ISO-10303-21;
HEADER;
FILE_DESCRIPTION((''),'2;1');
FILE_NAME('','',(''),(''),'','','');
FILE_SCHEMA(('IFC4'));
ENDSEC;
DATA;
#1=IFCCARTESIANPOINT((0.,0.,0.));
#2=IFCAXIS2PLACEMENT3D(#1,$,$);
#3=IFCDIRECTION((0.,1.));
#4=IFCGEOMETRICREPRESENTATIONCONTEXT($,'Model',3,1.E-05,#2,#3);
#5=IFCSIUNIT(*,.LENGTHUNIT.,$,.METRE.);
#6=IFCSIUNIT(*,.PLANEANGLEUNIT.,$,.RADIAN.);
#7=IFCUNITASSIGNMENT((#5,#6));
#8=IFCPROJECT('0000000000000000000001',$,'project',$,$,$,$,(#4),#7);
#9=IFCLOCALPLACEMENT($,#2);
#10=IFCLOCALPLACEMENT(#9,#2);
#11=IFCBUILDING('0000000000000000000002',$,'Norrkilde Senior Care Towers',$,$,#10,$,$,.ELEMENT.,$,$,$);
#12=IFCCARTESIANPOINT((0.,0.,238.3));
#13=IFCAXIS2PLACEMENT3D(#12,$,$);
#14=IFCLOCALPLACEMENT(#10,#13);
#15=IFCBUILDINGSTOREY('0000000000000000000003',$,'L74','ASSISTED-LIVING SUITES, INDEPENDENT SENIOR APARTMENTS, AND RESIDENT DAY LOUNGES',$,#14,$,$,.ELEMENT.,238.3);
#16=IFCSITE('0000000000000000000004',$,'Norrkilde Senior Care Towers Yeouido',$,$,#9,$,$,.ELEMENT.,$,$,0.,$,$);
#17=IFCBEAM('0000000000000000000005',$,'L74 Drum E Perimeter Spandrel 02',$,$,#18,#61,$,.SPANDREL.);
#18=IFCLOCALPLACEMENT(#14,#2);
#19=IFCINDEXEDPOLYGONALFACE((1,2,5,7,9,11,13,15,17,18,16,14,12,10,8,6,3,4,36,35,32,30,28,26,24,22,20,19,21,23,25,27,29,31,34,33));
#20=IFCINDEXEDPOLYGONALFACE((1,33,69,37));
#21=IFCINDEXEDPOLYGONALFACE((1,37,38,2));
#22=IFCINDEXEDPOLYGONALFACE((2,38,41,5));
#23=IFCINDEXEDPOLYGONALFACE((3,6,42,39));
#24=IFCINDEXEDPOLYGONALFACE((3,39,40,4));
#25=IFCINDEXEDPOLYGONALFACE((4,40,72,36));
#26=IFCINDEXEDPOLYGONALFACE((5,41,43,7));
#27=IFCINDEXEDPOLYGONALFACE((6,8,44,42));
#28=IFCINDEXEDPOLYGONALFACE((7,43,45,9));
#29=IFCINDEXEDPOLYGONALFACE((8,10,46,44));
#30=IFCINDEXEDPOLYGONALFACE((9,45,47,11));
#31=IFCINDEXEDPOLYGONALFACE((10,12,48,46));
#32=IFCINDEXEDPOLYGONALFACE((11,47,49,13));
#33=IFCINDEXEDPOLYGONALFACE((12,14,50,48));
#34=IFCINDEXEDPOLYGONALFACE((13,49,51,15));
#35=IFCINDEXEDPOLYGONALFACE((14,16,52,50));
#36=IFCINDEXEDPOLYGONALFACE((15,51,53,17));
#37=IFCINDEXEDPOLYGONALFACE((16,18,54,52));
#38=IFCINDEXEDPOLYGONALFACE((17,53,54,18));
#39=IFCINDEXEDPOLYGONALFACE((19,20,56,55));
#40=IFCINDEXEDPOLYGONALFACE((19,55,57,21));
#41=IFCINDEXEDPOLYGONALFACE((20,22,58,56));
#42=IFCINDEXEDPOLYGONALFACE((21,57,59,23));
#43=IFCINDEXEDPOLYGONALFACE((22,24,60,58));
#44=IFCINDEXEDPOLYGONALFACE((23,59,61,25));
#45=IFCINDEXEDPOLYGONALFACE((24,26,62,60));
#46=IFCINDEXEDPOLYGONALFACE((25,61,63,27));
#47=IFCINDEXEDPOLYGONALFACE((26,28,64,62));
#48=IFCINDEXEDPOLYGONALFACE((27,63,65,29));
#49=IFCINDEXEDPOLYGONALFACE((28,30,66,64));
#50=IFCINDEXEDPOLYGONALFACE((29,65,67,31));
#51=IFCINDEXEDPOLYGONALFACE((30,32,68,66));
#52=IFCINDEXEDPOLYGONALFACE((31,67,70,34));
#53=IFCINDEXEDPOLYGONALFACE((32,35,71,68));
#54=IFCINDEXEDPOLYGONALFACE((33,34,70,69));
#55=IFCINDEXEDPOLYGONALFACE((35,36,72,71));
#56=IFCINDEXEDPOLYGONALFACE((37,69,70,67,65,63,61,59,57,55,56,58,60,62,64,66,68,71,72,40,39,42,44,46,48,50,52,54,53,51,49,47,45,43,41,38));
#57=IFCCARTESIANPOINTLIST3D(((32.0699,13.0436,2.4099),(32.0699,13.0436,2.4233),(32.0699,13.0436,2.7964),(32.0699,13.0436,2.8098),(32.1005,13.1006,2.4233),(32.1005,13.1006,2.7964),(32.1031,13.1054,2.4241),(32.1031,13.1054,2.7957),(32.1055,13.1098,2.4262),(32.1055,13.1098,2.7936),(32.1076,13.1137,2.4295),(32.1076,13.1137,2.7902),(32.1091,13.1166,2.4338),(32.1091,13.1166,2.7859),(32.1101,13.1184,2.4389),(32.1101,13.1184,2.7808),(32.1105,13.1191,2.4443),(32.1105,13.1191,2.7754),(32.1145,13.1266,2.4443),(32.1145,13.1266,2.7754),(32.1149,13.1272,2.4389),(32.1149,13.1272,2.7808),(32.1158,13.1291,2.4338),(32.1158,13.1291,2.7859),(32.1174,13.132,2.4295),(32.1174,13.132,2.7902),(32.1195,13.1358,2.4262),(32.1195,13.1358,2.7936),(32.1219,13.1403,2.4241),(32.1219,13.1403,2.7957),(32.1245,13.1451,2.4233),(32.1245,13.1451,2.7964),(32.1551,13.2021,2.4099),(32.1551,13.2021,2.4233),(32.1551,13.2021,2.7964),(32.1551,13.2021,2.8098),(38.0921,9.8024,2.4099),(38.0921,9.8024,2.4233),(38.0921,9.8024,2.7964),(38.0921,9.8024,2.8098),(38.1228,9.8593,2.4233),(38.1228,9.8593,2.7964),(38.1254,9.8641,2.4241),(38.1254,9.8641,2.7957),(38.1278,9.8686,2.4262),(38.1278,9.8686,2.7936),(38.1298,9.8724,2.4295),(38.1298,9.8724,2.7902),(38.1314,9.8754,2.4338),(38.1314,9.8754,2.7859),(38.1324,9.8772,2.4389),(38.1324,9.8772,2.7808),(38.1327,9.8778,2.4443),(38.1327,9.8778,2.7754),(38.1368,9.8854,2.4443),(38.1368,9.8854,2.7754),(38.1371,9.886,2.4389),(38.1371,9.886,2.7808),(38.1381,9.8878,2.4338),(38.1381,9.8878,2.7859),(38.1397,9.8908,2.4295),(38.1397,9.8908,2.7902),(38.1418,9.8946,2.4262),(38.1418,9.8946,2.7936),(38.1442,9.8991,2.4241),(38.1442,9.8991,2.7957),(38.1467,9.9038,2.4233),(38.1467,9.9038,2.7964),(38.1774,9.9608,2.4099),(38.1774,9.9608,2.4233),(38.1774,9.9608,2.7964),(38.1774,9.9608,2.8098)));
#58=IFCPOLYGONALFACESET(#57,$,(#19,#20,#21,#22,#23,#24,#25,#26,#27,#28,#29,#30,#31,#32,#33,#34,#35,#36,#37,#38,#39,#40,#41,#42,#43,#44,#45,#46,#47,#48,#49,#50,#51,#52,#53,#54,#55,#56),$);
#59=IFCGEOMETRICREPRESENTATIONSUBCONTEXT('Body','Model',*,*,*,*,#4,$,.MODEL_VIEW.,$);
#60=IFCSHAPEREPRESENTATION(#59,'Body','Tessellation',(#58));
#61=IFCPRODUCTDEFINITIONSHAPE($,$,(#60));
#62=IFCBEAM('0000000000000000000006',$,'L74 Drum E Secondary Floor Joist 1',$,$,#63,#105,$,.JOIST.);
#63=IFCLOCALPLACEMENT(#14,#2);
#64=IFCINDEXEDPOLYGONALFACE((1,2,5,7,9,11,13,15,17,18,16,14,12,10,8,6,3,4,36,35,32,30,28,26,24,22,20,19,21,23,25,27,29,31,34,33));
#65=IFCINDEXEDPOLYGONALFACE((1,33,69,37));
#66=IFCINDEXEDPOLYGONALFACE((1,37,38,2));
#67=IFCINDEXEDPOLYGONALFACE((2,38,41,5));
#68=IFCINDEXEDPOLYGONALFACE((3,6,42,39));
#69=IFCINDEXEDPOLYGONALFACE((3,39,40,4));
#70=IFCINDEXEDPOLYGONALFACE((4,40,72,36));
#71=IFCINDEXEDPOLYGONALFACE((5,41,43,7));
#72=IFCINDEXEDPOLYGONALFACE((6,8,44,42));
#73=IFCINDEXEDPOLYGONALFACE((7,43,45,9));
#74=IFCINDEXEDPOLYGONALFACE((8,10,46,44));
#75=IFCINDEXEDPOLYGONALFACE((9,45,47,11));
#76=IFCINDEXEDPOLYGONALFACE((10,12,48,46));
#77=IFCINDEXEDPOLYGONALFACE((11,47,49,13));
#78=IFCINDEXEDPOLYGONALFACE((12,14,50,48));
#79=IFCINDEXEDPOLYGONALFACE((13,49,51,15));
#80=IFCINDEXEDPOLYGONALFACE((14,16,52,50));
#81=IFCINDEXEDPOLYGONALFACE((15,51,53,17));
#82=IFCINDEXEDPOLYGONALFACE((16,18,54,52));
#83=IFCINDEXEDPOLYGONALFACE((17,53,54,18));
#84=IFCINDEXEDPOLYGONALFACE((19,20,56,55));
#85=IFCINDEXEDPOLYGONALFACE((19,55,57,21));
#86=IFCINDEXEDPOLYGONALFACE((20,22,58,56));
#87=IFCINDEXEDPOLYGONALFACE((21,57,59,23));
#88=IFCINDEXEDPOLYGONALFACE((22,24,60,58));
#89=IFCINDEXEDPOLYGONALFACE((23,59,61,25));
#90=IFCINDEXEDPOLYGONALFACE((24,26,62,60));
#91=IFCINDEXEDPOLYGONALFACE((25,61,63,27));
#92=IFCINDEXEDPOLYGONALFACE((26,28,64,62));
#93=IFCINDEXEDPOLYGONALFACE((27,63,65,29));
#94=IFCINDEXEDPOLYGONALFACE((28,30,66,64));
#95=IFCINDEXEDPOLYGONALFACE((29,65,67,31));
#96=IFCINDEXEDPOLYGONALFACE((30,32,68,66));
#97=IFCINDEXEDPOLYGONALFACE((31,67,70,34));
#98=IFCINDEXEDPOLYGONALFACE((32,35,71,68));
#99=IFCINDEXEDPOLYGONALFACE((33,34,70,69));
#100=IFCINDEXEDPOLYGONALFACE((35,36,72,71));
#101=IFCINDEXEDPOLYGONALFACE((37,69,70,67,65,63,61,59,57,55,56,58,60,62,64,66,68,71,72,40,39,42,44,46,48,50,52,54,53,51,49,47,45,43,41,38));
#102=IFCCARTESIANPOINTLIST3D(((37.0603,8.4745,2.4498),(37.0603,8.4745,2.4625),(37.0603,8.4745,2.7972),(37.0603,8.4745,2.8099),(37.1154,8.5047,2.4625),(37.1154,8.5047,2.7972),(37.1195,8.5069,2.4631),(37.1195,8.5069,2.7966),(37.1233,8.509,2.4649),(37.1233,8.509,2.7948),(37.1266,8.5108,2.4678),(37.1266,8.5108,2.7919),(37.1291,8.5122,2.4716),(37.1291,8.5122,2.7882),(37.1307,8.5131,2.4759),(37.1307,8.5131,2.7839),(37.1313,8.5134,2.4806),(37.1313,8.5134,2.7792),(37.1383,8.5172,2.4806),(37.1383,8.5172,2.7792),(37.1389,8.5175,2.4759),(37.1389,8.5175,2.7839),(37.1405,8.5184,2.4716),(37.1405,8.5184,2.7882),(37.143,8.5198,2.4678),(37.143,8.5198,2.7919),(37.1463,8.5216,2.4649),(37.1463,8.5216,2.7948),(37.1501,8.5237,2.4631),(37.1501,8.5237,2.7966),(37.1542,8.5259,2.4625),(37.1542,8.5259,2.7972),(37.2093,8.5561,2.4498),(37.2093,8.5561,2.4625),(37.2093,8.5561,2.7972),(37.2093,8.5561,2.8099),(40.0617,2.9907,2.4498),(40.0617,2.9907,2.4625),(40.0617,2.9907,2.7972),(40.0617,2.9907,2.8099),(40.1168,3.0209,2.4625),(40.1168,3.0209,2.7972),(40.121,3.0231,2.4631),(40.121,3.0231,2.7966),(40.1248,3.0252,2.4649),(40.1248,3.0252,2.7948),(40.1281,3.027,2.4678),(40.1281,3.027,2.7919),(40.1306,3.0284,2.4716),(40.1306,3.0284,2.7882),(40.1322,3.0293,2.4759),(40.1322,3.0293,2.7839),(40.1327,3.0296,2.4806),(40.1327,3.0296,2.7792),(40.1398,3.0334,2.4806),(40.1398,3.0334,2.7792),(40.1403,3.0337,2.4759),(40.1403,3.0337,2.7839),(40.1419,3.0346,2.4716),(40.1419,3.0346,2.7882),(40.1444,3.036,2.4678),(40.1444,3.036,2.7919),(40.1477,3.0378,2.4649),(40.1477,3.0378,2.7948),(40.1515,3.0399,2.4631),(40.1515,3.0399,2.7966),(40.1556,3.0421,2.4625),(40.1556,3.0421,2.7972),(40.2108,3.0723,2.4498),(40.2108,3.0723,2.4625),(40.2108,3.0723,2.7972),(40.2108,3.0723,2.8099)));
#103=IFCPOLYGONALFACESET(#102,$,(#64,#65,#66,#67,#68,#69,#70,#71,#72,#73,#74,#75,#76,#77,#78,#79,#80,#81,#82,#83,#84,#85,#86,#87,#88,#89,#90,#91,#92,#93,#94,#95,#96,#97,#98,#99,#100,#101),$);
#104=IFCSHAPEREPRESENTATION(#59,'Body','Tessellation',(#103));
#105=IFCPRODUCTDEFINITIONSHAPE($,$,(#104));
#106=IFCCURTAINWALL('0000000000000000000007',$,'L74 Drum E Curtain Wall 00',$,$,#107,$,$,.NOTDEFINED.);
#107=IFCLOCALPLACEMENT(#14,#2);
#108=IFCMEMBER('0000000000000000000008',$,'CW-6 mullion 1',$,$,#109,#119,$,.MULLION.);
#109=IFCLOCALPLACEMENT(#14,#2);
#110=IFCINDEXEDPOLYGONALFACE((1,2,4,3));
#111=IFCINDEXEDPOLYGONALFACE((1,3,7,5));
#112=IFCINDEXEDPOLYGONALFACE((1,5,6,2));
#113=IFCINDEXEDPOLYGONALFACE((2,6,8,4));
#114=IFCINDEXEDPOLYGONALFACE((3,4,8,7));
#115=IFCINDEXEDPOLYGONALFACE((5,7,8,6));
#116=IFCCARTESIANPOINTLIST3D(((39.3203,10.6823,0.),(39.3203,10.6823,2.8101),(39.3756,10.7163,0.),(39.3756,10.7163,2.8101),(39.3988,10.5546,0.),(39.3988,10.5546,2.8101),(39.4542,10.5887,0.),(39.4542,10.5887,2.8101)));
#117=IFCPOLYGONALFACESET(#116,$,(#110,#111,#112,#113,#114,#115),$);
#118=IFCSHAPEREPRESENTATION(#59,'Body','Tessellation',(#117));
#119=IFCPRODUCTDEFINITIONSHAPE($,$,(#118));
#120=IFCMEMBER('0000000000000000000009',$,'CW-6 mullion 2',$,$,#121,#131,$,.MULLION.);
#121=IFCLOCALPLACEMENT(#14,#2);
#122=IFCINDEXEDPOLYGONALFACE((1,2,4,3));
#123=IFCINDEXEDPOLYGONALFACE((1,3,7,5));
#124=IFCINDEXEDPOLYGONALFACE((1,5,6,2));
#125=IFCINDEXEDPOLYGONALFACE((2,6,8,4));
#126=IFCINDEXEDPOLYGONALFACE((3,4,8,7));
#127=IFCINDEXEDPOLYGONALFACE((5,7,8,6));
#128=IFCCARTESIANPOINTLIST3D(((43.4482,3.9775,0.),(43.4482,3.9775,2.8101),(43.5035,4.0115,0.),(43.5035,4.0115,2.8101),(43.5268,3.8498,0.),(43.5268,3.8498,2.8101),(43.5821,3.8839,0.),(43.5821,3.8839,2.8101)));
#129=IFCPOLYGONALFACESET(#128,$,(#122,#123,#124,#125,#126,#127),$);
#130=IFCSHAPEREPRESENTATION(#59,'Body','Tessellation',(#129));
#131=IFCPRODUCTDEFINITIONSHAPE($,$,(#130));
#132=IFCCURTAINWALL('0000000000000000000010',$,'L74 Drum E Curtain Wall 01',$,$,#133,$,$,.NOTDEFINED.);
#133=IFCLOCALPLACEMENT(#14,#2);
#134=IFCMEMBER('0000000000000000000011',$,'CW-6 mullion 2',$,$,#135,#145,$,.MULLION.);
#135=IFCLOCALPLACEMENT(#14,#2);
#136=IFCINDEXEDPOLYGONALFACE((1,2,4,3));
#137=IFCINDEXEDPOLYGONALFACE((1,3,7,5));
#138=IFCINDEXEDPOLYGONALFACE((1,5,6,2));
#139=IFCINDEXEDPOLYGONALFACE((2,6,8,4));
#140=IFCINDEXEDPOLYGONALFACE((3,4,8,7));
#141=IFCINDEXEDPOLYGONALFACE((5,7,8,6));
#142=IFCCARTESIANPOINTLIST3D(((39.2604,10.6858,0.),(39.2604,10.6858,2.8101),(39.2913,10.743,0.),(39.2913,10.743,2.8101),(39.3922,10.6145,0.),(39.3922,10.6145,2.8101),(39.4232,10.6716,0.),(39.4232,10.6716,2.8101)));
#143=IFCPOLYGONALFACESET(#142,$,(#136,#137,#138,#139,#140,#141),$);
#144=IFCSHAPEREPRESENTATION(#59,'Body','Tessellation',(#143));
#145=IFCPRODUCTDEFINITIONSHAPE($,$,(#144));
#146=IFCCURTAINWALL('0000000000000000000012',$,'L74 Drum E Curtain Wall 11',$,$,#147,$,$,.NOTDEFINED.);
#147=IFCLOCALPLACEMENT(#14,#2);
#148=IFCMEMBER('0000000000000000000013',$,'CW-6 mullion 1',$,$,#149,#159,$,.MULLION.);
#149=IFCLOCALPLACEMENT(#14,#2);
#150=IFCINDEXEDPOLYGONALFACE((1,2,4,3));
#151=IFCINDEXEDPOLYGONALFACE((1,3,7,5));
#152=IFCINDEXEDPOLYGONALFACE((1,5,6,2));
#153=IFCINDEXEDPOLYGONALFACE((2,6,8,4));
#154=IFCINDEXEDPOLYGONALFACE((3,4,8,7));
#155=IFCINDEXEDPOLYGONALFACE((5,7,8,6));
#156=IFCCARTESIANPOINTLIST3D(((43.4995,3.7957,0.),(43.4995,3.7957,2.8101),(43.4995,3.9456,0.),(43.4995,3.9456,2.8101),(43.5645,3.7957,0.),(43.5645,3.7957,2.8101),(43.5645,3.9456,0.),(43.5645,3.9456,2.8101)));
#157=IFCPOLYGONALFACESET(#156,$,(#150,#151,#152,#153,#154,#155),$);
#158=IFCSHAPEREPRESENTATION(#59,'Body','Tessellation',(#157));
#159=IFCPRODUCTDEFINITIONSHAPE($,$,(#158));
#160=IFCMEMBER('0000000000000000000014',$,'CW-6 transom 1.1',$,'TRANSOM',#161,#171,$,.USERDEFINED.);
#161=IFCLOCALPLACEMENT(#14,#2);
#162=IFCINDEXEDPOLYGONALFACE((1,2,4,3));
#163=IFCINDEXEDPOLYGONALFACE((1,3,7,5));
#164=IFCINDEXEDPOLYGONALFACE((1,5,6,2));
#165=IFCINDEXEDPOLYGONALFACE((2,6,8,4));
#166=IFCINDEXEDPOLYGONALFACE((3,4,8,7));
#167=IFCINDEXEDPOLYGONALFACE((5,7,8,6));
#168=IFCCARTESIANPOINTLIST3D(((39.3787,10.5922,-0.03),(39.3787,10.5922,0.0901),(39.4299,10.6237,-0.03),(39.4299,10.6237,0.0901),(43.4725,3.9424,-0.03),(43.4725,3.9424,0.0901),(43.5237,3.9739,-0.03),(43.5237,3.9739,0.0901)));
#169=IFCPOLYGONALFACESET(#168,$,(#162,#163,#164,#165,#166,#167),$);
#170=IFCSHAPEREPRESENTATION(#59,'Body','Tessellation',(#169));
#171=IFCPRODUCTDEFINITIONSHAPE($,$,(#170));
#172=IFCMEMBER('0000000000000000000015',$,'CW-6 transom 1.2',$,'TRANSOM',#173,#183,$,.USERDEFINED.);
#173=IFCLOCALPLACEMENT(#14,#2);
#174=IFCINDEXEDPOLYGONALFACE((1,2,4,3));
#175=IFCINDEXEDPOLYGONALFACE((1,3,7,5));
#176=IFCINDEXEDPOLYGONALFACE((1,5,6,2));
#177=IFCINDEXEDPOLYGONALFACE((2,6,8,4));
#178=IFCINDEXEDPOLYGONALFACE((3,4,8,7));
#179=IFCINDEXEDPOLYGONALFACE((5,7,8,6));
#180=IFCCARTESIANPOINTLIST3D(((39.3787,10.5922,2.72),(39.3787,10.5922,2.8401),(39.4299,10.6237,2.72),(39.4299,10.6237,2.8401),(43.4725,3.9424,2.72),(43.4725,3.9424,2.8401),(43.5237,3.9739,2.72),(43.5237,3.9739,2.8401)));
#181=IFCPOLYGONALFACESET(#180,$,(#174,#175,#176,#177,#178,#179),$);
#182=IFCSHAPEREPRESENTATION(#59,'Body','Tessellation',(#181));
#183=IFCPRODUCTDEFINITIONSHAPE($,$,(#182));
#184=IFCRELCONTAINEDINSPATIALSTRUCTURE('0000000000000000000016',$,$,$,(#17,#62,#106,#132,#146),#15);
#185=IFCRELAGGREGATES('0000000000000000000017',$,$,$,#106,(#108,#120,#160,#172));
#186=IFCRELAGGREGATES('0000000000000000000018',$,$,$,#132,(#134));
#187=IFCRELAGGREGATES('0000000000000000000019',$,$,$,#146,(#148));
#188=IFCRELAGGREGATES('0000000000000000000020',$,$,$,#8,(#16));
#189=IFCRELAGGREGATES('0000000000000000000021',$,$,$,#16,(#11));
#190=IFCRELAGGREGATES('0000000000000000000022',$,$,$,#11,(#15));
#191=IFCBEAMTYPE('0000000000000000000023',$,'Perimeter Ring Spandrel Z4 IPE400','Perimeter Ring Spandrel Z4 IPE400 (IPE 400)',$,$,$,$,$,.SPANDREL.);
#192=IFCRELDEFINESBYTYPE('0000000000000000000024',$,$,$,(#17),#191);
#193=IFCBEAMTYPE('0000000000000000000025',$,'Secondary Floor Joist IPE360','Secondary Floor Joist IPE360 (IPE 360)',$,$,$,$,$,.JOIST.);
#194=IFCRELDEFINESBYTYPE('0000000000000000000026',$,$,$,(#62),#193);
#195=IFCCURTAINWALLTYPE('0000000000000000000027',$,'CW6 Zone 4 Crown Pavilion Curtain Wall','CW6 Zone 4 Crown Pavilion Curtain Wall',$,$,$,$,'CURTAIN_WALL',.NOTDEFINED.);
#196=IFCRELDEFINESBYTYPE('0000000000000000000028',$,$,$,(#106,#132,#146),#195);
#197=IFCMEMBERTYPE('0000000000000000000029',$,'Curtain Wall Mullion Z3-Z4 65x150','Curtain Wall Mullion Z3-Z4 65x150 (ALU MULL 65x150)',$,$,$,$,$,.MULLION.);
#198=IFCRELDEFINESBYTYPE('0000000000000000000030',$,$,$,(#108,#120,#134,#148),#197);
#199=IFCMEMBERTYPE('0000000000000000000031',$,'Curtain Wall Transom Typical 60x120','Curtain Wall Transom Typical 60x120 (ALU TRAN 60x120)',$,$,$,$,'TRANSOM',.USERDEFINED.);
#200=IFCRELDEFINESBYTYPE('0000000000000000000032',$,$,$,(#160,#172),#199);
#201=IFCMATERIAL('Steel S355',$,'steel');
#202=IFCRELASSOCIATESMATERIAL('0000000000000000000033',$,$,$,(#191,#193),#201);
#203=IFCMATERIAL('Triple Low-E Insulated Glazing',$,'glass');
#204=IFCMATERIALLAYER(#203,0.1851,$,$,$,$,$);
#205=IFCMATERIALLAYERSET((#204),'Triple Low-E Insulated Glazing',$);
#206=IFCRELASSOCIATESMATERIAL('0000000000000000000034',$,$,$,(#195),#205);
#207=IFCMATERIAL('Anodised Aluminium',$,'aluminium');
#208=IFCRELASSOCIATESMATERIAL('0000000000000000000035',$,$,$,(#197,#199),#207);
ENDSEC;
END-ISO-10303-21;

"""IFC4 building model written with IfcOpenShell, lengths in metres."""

from ifc_helpers import new_model, si_unit, direction, frame, origin, origin_2d, place, context, subcontext, project, spatial, rectangle, i_section, extrude, source, transform, mapped, material, layer, layer_set, material_profile, profile_set, type_object, type_shapes, element, aggregate, save


model = new_model("IFC4")

# Units and contexts
model_context = context("Model", 3, precision=1e-05, world=origin(), true_north=direction((0.0, 1.0)))
body_context = subcontext(model_context, "Body", "Model", "MODEL_VIEW")
ifc_project = project(units=[si_unit("LENGTHUNIT", "METRE"), si_unit("PLANEANGLEUNIT", "RADIAN")], contexts=[model_context])

# Site, building, storey
site_placement = place(None, origin())
site = spatial("IfcSite", under=ifc_project, at=site_placement, Name="Norrkilde Senior Care Towers Yeouido", CompositionType="ELEMENT", RefElevation=0.0)
building_placement = place(site_placement, origin())
building = spatial("IfcBuilding", under=site, at=building_placement, Name="Norrkilde Senior Care Towers", CompositionType="ELEMENT")
storey_placement = place(building_placement, frame((0.0, 0.0, 238.3)))
storey = spatial("IfcBuildingStorey", under=building, at=storey_placement, Name="L74", Description="ASSISTED-LIVING SUITES, INDEPENDENT SENIOR APARTMENTS, AND RESIDENT DAY LOUNGES", CompositionType="ELEMENT", Elevation=238.3)

# Beams
ifc_material_1 = material(Name="Steel S355", Category="steel")
ifc_material_profile_1 = material_profile(ifc_material_1, i_section(OverallWidth=0.1799, OverallDepth=0.3999, WebThickness=0.0085, FlangeThickness=0.0134, FilletRadius=0.021, at=origin_2d()), Name="IPE 400")
ifc_profile_set_1 = profile_set([ifc_material_profile_1], Name="Steel S355")
beam_type_1 = type_object("IfcBeamType", Name="Perimeter Ring Spandrel Z4 IPE400", Description="Perimeter Ring Spandrel Z4 IPE400 (IPE 400)", PredefinedType="SPANDREL", material=ifc_profile_set_1)
shared_shape_1 = source(origin(), body_context, "Body", "SweptSolid", [
    extrude(i_section(OverallWidth=0.1799, OverallDepth=0.3999, WebThickness=0.0085, FlangeThickness=0.0134, FilletRadius=0.021, at=origin_2d()), origin(), (0.0, 0.0, 1.0), 6.8391),
])
beam_1_placement = place(storey_placement, frame((38.1348, 9.8816, 2.6099), z_axis=(-0.880564, 0.473927, 0.0), x_axis=(-0.473927, -0.880564, 0.0)))
element("IfcBeam", 1, at=beam_1_placement, inside=storey, type_object=beam_type_1, Name="L74 Drum E Perimeter Spandrel 02", PredefinedType="SPANDREL", context=body_context, shape_type="MappedRepresentation", body=[
    mapped(shared_shape_1, transform((0.0, 0.0, 0.0), x_axis=(1.0, 0.0, 0.0), y_axis=(0.0, 1.0, 0.0), z_axis=(0.0, 0.0, 1.0), scale=1.0)),
])
ifc_material_profile_2 = material_profile(ifc_material_1, i_section(OverallWidth=0.1699, OverallDepth=0.3601, WebThickness=0.0081, FlangeThickness=0.0127, FilletRadius=0.0181, at=origin_2d()), Name="IPE 360")
ifc_profile_set_2 = profile_set([ifc_material_profile_2], Name="Steel S355")
beam_type_2 = type_object("IfcBeamType", Name="Secondary Floor Joist IPE360", Description="Secondary Floor Joist IPE360 (IPE 360)", PredefinedType="JOIST", material=ifc_profile_set_2)
shared_shape_2 = source(origin(), body_context, "Body", "SweptSolid", [
    extrude(i_section(OverallWidth=0.1699, OverallDepth=0.3601, WebThickness=0.0081, FlangeThickness=0.0127, FilletRadius=0.0181, at=origin_2d()), origin(), (0.0, 0.0, 1.0), 6.2515),
])
type_shapes(beam_type_2, [shared_shape_2])
beam_2_placement = place(storey_placement, frame((40.1362, 3.0315, 2.6299), z_axis=(-0.480116, 0.877205, 0.0), x_axis=(-0.877205, -0.480116, 0.0)))
element("IfcBeam", 2, at=beam_2_placement, inside=storey, type_object=beam_type_2, Name="L74 Drum E Secondary Floor Joist 1", PredefinedType="JOIST", context=body_context, shape_type="MappedRepresentation", body=[
    mapped(shared_shape_2, transform((0.0, 0.0, 0.0), x_axis=(1.0, 0.0, 0.0), y_axis=(0.0, 1.0, 0.0), z_axis=(0.0, 0.0, 1.0), scale=1.0)),
])

# Curtain wall, members
ifc_material_2 = material(Name="Triple Low-E Insulated Glazing", Category="glass")
ifc_layer_1 = layer(ifc_material_2, 0.1851)
ifc_layer_set_1 = layer_set([ifc_layer_1], Name="Triple Low-E Insulated Glazing")
curtain_wall_type = type_object("IfcCurtainWallType", Name="CW6 Zone 4 Crown Pavilion Curtain Wall", Description="CW6 Zone 4 Crown Pavilion Curtain Wall", ElementType="CURTAIN_WALL", PredefinedType="NOTDEFINED", material=ifc_layer_set_1)
curtain_wall_1_placement = place(storey_placement, origin())
curtain_wall_1 = element("IfcCurtainWall", 3, at=curtain_wall_1_placement, inside=storey, type_object=curtain_wall_type, Name="L74 Drum E Curtain Wall 00", PredefinedType="NOTDEFINED")
ifc_material_3 = material(Name="Anodised Aluminium", Category="aluminium")
ifc_material_profile_3 = material_profile(ifc_material_3, rectangle(XDim=0.0649, YDim=0.1499, at=origin_2d()), Name="ALU MULL 65x150")
ifc_profile_set_3 = profile_set([ifc_material_profile_3], Name="Anodised Aluminium")
member_type_1 = type_object("IfcMemberType", Name="Curtain Wall Mullion Z3-Z4 65x150", Description="Curtain Wall Mullion Z3-Z4 65x150 (ALU MULL 65x150)", PredefinedType="MULLION", material=ifc_profile_set_3)
shared_shape_3 = source(origin(), body_context, "Body", "SweptSolid", [
    extrude(rectangle(XDim=0.0649, YDim=0.1499, at=origin_2d()), origin(), (0.0, 0.0, 1.0), 2.8101),
])
type_shapes(member_type_1, [shared_shape_3])
member_1_placement = place(storey_placement, frame((39.3872, 10.6355, 0.0), z_axis=(0.0, 0.0, 1.0), x_axis=(0.851563, 0.524253, 0.0)))
member_1 = element("IfcMember", 4, at=member_1_placement, type_object=member_type_1, Name="CW-6 mullion 1", PredefinedType="MULLION", context=body_context, shape_type="MappedRepresentation", body=[
    mapped(shared_shape_3, transform((0.0, 0.0, 0.0), x_axis=(1.0, 0.0, 0.0), y_axis=(0.0, 1.0, 0.0), z_axis=(0.0, 0.0, 1.0), scale=1.0)),
])
member_2_placement = place(storey_placement, frame((43.5151, 3.9307, 0.0), z_axis=(0.0, 0.0, 1.0), x_axis=(0.851563, 0.524253, 0.0)))
member_2 = element("IfcMember", 5, at=member_2_placement, type_object=member_type_1, Name="CW-6 mullion 2", PredefinedType="MULLION", context=body_context, shape_type="MappedRepresentation", body=[
    mapped(shared_shape_3, transform((0.0, 0.0, 0.0), x_axis=(1.0, 0.0, 0.0), y_axis=(0.0, 1.0, 0.0), z_axis=(0.0, 0.0, 1.0), scale=1.0)),
])

# Curtain walls, members
curtain_wall_2_placement = place(storey_placement, origin())
curtain_wall_2 = element("IfcCurtainWall", 6, at=curtain_wall_2_placement, inside=storey, type_object=curtain_wall_type, Name="L74 Drum E Curtain Wall 01", PredefinedType="NOTDEFINED")
member_3_placement = place(storey_placement, frame((39.3418, 10.6787, 0.0), z_axis=(0.0, 0.0, 1.0), x_axis=(0.476133, 0.879373, 0.0)))
member_3 = element("IfcMember", 7, at=member_3_placement, type_object=member_type_1, Name="CW-6 mullion 2", PredefinedType="MULLION", context=body_context, shape_type="MappedRepresentation", body=[
    mapped(shared_shape_3, transform((0.0, 0.0, 0.0), x_axis=(1.0, 0.0, 0.0), y_axis=(0.0, 1.0, 0.0), z_axis=(0.0, 0.0, 1.0), scale=1.0)),
])
curtain_wall_3_placement = place(storey_placement, origin())
curtain_wall_3 = element("IfcCurtainWall", 8, at=curtain_wall_3_placement, inside=storey, type_object=curtain_wall_type, Name="L74 Drum E Curtain Wall 11", PredefinedType="NOTDEFINED")
member_4_placement = place(storey_placement, frame((43.532, 3.8706, 0.0), z_axis=(0.0, 0.0, 1.0), x_axis=(1.0, 0.0, 0.0)))
member_4 = element("IfcMember", 9, at=member_4_placement, type_object=member_type_1, Name="CW-6 mullion 1", PredefinedType="MULLION", context=body_context, shape_type="MappedRepresentation", body=[
    mapped(shared_shape_3, transform((0.0, 0.0, 0.0), x_axis=(1.0, 0.0, 0.0), y_axis=(0.0, 1.0, 0.0), z_axis=(0.0, 0.0, 1.0), scale=1.0)),
])

# Members
ifc_material_profile_4 = material_profile(ifc_material_3, rectangle(XDim=0.0601, YDim=0.1201, at=origin_2d()), Name="ALU TRAN 60x120")
ifc_profile_set_4 = profile_set([ifc_material_profile_4], Name="Anodised Aluminium")
member_type_2 = type_object("IfcMemberType", Name="Curtain Wall Transom Typical 60x120", Description="Curtain Wall Transom Typical 60x120 (ALU TRAN 60x120)", ElementType="TRANSOM", PredefinedType="USERDEFINED", material=ifc_profile_set_4)
shared_shape_4 = source(origin(), body_context, "Body", "SweptSolid", [
    extrude(rectangle(XDim=0.0601, YDim=0.1201, at=origin_2d()), origin(), (0.0, 0.0, 1.0), 7.8088),
])
member_5_placement = place(storey_placement, frame((39.4043, 10.6079, 0.03), z_axis=(0.524251, -0.851564, 0.0), x_axis=(0.851564, 0.524251, 0.0)))
member_5 = element("IfcMember", 10, at=member_5_placement, type_object=member_type_2, Name="CW-6 transom 1.1", ObjectType="TRANSOM", PredefinedType="USERDEFINED", context=body_context, shape_type="MappedRepresentation", body=[
    mapped(shared_shape_4, transform((0.0, 0.0, 0.0), x_axis=(1.0, 0.0, 0.0), y_axis=(0.0, 1.0, 0.0), z_axis=(0.0, 0.0, 1.0), scale=1.0)),
])
member_6_placement = place(storey_placement, frame((39.4043, 10.6079, 2.78), z_axis=(0.524251, -0.851564, 0.0), x_axis=(0.851564, 0.524251, 0.0)))
member_6 = element("IfcMember", 11, at=member_6_placement, type_object=member_type_2, Name="CW-6 transom 1.2", ObjectType="TRANSOM", PredefinedType="USERDEFINED", context=body_context, shape_type="MappedRepresentation", body=[
    mapped(shared_shape_4, transform((0.0, 0.0, 0.0), x_axis=(1.0, 0.0, 0.0), y_axis=(0.0, 1.0, 0.0), z_axis=(0.0, 0.0, 1.0), scale=1.0)),
])

aggregate(curtain_wall_1, [member_1, member_2, member_5, member_6])
aggregate(curtain_wall_2, [member_3])
aggregate(curtain_wall_3, [member_4])

save(model, "model.ifc")
